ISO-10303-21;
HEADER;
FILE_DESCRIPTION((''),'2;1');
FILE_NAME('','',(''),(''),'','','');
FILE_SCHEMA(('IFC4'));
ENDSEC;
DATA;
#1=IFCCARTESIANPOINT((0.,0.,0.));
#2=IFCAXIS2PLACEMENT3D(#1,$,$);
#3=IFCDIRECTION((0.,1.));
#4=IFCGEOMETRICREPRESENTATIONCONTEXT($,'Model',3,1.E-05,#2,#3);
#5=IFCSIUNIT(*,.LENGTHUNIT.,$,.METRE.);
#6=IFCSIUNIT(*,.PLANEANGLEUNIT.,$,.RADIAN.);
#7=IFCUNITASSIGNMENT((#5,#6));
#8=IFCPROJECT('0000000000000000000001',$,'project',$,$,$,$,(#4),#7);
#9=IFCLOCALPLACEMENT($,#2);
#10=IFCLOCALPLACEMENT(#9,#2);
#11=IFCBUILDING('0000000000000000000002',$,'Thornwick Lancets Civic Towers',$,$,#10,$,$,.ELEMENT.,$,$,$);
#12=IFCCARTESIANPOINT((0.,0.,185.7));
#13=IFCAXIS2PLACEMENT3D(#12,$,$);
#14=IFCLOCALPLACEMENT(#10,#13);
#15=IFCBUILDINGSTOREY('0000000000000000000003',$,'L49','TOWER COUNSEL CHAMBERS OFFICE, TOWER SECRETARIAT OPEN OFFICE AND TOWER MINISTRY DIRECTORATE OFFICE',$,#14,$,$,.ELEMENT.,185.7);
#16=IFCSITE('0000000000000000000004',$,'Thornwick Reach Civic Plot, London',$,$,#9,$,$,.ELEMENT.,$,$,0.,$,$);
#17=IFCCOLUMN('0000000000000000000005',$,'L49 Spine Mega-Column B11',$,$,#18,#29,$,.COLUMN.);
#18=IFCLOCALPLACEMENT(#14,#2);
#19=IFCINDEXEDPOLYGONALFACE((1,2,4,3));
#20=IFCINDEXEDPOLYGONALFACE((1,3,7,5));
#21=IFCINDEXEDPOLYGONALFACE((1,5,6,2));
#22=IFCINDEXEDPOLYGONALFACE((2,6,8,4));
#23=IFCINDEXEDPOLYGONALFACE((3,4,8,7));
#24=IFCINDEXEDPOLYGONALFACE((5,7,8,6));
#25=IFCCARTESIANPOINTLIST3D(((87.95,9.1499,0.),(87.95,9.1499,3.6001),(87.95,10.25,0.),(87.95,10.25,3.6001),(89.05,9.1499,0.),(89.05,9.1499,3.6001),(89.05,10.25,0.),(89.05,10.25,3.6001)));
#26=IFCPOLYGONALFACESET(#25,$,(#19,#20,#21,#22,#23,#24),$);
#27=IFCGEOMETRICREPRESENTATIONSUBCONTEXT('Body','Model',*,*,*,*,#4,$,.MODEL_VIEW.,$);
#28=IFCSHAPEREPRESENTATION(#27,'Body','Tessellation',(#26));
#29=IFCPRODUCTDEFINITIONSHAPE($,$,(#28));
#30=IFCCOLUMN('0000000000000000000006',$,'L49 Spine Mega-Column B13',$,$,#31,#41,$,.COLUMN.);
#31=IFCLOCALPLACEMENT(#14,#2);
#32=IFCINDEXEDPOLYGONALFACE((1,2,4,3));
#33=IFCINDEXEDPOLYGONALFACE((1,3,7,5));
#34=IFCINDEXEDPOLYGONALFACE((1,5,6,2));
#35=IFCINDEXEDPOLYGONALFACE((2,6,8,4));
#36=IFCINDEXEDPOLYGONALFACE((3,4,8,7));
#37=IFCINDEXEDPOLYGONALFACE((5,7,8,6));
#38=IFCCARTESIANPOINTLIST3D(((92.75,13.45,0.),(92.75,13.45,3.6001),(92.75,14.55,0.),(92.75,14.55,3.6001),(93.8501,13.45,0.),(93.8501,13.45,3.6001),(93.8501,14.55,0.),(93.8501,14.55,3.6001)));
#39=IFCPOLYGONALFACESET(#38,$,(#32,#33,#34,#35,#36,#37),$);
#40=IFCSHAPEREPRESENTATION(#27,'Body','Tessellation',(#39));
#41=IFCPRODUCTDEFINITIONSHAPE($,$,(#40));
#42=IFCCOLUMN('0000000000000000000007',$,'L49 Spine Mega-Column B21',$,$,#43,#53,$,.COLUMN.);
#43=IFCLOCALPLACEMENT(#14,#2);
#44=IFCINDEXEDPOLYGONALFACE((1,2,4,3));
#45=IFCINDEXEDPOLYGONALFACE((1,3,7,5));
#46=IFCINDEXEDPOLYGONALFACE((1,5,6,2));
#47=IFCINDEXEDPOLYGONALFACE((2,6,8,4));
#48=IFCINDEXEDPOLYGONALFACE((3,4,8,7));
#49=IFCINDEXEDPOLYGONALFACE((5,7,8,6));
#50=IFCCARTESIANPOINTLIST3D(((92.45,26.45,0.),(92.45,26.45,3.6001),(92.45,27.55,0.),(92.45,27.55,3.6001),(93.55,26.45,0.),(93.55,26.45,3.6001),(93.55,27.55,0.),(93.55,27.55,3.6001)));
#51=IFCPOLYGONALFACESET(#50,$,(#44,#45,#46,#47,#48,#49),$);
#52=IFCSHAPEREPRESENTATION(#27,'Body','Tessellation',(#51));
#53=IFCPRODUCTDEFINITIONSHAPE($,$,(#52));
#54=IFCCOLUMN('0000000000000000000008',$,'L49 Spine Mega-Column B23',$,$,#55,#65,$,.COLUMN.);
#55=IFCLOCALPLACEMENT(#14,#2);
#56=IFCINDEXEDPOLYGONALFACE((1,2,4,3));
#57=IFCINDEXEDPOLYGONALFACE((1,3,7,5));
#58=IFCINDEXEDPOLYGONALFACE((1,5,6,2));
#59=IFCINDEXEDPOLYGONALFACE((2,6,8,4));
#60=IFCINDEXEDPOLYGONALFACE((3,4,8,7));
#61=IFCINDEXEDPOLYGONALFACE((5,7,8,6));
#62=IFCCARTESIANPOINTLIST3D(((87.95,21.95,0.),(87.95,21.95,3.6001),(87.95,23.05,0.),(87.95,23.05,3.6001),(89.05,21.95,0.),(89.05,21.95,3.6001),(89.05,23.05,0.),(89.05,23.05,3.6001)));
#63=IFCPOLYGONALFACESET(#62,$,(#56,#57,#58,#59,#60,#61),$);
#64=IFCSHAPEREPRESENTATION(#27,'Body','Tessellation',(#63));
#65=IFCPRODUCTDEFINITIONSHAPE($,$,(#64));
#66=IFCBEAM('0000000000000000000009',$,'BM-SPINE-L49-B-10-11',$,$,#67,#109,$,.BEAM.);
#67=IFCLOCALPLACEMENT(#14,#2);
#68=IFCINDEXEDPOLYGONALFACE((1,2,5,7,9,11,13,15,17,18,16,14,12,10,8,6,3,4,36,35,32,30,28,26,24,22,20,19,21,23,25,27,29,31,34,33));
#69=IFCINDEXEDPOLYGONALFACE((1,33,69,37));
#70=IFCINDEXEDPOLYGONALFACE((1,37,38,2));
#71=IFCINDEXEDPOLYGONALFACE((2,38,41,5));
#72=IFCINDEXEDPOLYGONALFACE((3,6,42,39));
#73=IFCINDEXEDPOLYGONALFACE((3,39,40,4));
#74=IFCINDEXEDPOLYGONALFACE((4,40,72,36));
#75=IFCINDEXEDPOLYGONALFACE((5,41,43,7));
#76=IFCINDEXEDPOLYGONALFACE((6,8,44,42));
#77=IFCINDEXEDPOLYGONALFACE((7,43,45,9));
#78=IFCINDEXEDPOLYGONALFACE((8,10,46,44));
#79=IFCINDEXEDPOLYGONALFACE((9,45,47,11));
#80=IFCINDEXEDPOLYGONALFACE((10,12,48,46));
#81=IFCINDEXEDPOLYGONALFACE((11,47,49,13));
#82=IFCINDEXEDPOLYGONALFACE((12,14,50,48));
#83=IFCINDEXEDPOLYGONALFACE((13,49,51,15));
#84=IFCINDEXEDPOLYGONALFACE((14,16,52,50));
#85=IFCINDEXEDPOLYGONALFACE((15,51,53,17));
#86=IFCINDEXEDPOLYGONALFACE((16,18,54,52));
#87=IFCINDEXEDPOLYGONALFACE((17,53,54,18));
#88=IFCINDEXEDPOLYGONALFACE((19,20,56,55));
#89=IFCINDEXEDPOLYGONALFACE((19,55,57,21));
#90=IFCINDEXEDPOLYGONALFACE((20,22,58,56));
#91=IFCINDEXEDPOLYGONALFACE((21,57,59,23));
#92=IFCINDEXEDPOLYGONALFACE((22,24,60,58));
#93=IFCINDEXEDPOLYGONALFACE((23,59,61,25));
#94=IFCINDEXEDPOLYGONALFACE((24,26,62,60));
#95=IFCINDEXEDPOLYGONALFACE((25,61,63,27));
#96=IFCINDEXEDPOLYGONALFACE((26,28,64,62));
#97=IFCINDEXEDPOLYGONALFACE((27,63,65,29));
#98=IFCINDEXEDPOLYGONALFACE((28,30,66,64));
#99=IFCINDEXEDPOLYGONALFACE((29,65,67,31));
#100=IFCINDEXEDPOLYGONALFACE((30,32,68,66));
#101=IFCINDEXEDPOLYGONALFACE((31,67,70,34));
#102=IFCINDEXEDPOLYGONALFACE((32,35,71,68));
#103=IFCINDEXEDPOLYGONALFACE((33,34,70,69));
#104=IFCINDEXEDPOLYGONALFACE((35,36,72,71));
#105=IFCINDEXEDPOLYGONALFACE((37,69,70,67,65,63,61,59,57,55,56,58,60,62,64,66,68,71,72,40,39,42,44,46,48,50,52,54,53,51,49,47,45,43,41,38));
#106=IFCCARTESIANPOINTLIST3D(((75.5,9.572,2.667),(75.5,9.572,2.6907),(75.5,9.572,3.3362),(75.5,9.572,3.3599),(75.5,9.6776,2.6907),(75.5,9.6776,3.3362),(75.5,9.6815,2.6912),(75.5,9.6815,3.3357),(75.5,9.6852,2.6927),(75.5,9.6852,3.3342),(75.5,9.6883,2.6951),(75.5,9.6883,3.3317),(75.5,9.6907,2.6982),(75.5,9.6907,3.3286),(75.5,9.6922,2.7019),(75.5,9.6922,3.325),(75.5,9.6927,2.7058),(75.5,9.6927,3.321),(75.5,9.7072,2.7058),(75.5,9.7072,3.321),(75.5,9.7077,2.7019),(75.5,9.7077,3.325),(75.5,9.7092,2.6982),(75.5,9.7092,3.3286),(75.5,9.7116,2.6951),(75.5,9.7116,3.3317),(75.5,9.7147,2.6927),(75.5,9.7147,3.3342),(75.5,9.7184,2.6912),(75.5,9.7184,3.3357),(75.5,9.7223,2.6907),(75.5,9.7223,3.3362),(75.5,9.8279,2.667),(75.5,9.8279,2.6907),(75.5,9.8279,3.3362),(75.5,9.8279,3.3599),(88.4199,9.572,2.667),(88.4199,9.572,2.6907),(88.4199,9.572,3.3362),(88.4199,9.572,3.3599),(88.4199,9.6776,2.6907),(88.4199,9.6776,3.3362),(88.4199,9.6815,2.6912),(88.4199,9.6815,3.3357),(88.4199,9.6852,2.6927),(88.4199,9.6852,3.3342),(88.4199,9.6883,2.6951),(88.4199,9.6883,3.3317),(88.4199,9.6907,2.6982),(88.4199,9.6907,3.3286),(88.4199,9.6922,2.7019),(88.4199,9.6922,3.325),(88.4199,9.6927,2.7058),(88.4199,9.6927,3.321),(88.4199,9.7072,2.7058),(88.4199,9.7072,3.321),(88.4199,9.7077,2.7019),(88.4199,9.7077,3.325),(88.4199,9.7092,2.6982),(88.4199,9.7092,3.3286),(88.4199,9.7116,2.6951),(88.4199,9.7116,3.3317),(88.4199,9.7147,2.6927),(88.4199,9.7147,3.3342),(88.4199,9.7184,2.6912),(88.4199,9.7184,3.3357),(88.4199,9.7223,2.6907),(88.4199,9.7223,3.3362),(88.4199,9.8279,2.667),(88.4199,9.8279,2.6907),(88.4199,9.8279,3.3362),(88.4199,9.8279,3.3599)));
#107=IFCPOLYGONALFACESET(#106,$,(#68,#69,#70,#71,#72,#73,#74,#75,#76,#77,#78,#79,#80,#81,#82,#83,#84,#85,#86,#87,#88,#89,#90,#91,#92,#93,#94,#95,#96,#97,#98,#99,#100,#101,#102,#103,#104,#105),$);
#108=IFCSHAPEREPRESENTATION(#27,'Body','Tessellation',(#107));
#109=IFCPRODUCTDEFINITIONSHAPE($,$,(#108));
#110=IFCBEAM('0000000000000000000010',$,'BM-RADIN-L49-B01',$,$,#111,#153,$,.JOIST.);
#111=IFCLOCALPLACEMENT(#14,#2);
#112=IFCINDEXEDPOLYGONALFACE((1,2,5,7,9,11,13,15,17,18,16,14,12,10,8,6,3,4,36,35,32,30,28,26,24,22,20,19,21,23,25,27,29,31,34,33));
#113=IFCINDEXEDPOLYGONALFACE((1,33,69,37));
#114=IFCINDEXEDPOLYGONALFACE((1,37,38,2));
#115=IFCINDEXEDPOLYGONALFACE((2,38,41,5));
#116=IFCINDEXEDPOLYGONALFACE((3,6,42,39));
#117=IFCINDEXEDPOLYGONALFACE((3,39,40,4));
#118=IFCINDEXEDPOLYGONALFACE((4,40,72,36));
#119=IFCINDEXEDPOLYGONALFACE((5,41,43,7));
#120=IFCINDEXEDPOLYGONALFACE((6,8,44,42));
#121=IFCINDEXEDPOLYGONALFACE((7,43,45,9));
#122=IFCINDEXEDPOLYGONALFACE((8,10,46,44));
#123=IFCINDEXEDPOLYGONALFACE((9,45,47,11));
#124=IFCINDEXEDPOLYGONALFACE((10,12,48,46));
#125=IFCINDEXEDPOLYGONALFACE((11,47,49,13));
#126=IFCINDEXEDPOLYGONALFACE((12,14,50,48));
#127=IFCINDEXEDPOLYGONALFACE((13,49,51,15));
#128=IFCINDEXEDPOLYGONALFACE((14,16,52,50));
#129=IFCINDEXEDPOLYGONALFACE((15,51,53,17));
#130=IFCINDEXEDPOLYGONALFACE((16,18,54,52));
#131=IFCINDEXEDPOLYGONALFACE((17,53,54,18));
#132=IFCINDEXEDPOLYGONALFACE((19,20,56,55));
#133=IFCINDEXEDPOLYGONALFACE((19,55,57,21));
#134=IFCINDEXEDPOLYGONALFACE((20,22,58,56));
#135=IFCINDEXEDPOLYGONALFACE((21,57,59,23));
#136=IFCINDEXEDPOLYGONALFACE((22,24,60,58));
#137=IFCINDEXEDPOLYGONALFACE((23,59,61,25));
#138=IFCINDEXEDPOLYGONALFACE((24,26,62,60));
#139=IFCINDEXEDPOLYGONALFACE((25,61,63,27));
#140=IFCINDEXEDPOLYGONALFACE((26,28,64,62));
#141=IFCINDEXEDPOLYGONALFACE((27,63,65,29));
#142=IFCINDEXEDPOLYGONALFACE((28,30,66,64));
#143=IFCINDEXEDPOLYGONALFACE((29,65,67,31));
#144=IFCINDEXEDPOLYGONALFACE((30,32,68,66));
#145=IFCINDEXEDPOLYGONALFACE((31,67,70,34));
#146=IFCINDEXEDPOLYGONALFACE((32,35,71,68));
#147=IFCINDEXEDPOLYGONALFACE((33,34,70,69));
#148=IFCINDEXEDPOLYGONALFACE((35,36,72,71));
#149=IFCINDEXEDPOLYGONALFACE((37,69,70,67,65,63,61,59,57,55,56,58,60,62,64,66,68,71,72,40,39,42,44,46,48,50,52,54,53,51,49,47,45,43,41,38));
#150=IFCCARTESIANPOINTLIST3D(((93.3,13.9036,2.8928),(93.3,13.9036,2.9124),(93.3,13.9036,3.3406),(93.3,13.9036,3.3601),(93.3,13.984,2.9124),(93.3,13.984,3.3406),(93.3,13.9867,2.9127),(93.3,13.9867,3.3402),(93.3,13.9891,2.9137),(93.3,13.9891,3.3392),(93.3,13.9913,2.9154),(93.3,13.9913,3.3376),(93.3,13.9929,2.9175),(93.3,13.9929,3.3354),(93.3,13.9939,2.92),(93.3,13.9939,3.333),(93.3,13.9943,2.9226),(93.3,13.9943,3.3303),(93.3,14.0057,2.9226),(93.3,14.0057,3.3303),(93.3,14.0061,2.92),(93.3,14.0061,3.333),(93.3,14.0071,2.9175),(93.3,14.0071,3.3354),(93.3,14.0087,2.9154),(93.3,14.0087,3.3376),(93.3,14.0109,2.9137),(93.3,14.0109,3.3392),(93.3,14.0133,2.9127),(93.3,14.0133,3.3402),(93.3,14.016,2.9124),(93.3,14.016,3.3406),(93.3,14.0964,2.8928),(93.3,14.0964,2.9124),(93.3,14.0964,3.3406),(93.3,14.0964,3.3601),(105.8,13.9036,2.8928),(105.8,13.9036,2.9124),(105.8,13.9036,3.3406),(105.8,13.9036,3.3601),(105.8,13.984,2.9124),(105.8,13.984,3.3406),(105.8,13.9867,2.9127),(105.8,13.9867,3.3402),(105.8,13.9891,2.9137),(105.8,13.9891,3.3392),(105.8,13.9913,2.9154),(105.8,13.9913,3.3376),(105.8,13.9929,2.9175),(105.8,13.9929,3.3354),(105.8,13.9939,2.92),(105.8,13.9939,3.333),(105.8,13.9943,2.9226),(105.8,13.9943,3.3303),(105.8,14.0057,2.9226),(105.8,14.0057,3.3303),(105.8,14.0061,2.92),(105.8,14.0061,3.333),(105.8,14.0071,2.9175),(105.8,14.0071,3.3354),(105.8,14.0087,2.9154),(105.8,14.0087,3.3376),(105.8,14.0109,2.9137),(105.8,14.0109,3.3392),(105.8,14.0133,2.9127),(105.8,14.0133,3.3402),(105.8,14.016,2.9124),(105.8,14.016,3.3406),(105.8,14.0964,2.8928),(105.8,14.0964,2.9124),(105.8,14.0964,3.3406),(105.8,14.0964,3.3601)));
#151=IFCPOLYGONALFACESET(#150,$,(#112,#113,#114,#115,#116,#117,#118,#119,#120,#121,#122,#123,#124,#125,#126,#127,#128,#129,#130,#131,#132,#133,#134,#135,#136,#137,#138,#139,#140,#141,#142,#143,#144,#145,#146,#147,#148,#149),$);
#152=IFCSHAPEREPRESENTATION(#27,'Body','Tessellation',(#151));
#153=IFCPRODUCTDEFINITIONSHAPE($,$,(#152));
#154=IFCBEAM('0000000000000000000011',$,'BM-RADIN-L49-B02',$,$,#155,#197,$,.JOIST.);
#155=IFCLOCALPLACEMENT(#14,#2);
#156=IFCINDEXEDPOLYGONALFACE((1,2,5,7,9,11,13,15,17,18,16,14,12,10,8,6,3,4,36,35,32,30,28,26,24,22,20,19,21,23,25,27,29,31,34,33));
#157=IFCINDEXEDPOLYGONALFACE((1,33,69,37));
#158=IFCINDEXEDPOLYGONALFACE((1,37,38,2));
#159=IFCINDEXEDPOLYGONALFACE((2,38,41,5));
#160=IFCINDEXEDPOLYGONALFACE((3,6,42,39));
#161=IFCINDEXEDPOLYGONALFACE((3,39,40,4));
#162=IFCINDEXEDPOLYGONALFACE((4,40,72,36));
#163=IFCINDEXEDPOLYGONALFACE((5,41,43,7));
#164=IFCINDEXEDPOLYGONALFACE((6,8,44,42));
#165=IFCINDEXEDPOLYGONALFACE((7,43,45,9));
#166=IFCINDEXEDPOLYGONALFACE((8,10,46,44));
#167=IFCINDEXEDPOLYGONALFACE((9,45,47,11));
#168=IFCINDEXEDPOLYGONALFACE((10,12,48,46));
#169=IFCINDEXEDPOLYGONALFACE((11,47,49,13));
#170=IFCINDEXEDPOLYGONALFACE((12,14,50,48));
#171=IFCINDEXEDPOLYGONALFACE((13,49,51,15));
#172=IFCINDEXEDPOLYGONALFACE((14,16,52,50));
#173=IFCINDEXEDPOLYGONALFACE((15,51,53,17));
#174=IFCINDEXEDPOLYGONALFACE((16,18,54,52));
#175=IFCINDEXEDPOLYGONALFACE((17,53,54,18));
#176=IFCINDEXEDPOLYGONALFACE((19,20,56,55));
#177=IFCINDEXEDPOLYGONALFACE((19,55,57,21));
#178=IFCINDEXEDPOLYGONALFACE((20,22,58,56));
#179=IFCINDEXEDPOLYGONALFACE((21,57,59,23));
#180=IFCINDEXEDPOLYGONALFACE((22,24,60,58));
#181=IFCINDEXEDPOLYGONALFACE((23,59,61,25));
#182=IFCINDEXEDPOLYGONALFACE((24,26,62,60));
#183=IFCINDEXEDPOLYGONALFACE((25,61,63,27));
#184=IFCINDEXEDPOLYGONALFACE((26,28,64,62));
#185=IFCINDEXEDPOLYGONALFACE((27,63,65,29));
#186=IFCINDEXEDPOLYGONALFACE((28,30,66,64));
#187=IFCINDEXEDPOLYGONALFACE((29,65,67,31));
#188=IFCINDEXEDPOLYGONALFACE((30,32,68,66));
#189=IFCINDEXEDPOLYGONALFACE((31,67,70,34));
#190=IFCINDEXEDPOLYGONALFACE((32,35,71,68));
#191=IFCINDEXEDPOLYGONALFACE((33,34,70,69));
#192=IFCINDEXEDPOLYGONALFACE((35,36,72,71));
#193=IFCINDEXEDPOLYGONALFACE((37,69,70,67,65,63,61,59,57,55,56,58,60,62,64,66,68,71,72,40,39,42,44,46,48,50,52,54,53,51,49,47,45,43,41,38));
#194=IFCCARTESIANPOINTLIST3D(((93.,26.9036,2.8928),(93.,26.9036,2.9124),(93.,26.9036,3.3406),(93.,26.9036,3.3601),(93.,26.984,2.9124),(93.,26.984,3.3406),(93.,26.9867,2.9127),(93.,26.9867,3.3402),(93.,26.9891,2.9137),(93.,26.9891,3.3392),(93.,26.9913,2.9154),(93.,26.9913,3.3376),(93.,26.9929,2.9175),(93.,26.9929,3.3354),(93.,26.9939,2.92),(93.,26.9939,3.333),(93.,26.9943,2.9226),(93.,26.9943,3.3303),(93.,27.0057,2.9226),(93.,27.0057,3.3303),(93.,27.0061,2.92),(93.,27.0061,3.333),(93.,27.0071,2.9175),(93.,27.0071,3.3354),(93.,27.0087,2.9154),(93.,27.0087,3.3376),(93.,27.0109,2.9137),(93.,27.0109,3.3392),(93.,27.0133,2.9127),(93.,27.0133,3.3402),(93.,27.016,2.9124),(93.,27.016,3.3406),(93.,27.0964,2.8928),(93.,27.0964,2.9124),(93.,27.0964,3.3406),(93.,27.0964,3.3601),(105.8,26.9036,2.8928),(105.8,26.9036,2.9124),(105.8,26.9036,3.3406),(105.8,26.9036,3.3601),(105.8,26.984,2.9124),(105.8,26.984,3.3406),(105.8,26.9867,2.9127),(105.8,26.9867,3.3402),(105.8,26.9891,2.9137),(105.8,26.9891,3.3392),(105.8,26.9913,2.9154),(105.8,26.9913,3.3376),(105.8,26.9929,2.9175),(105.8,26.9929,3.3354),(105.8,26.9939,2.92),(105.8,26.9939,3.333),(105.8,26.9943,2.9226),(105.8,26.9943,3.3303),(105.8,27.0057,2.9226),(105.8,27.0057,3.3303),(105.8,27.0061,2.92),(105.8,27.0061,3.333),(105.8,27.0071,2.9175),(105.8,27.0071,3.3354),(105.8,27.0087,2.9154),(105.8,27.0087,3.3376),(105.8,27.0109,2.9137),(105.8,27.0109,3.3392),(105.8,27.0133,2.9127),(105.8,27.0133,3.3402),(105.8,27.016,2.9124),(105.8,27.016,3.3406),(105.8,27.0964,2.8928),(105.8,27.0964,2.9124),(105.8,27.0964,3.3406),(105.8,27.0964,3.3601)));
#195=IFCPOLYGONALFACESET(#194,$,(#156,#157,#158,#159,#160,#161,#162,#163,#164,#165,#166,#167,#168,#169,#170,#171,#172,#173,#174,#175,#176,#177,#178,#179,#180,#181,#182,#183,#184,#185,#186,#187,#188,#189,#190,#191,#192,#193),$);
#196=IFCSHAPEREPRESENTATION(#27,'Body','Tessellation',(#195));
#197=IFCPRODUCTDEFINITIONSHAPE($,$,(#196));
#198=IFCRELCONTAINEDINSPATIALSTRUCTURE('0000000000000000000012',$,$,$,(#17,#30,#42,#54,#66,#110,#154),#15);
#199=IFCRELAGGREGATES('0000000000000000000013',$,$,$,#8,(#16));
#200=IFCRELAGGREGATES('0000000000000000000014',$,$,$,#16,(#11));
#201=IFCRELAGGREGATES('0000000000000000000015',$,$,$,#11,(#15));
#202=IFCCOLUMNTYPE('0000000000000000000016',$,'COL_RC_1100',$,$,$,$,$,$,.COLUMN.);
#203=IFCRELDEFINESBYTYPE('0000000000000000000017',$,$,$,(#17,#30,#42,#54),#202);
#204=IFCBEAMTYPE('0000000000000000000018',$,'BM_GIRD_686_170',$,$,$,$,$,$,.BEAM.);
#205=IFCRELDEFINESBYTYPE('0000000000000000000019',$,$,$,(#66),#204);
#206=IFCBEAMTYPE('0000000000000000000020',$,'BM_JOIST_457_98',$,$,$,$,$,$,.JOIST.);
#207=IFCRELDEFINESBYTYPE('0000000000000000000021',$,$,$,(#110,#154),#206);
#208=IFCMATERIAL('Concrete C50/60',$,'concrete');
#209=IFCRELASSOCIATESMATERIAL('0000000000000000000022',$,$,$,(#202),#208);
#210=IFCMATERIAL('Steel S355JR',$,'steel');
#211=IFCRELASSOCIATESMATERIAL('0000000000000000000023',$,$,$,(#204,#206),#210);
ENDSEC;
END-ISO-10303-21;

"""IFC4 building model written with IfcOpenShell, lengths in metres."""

from ifc_helpers import new_model, si_unit, direction, frame, origin, origin_2d, place, context, subcontext, project, spatial, rectangle, i_section, extrude, material, material_profile, profile_set, type_object, element, save


model = new_model("IFC4")

# Units and contexts
model_context = context("Model", 3, precision=1e-05, world=origin(), true_north=direction((0.0, 1.0)))
body_context = subcontext(model_context, "Body", "Model", "MODEL_VIEW")
ifc_project = project(units=[si_unit("LENGTHUNIT", "METRE"), si_unit("PLANEANGLEUNIT", "RADIAN")], contexts=[model_context])

# Site, building, storey
site_placement = place(None, origin())
site = spatial("IfcSite", under=ifc_project, at=site_placement, Name="Thornwick Reach Civic Plot, London", CompositionType="ELEMENT", RefElevation=0.0)
building_placement = place(site_placement, origin())
building = spatial("IfcBuilding", under=site, at=building_placement, Name="Thornwick Lancets Civic Towers", CompositionType="ELEMENT")
storey_placement = place(building_placement, frame((0.0, 0.0, 185.7)))
storey = spatial("IfcBuildingStorey", under=building, at=storey_placement, Name="L49", Description="TOWER COUNSEL CHAMBERS OFFICE, TOWER SECRETARIAT OPEN OFFICE AND TOWER MINISTRY DIRECTORATE OFFICE", CompositionType="ELEMENT", Elevation=185.7)

# Columns
ifc_material_1 = material(Name="Concrete C50/60", Category="concrete")
ifc_material_profile_1 = material_profile(ifc_material_1, rectangle(XDim=1.1001, YDim=1.1001, at=origin_2d()), Name="RC 1100x1100")
ifc_profile_set_1 = profile_set([ifc_material_profile_1], Name="Concrete C50/60")
column_type = type_object("IfcColumnType", Name="COL_RC_1100", PredefinedType="COLUMN", material=ifc_profile_set_1)
for number, where, z_axis, x_axis, name in (
    (1, (88.5, 9.7, 0.0), (0.0, 0.0, 1.0), (1.0, 0.0, 0.0), "L49 Spine Mega-Column B11"),
    (2, (93.3, 14.0, 0.0), (0.0, 0.0, 1.0), (1.0, 0.0, 0.0), "L49 Spine Mega-Column B13"),
    (3, (93.0, 27.0, 0.0), (0.0, 0.0, 1.0), (1.0, 0.0, 0.0), "L49 Spine Mega-Column B21"),
    (4, (88.5, 22.5, 0.0), (0.0, 0.0, 1.0), (1.0, 0.0, 0.0), "L49 Spine Mega-Column B23"),
):
    element("IfcColumn", number, at=place(storey_placement, frame(where, z_axis=z_axis, x_axis=x_axis)), inside=storey, type_object=column_type, Name=name, PredefinedType="COLUMN", context=body_context, shape_type="SweptSolid", body=[
        extrude(rectangle(XDim=1.1001, YDim=1.1001, at=origin_2d()), origin(), (0.0, 0.0, 1.0), 3.6001),
    ])

# Beams
ifc_material_2 = material(Name="Steel S355JR", Category="steel")
ifc_material_profile_2 = material_profile(ifc_material_2, i_section(OverallWidth=0.2559, OverallDepth=0.6929, WebThickness=0.0144, FlangeThickness=0.0237, FilletRadius=0.0151, at=origin_2d()), Name="UKB 686x254x170")
ifc_profile_set_2 = profile_set([ifc_material_profile_2], Name="Steel S355JR")
beam_type_1 = type_object("IfcBeamType", Name="BM_GIRD_686_170", PredefinedType="BEAM", material=ifc_profile_set_2)
beam_1_placement = place(storey_placement, frame((88.4199, 9.7, 3.0134), z_axis=(-1.0, 0.0, 0.0), x_axis=(0.0, -1.0, 0.0)))
element("IfcBeam", 5, at=beam_1_placement, inside=storey, type_object=beam_type_1, Name="BM-SPINE-L49-B-10-11", PredefinedType="BEAM", context=body_context, shape_type="SweptSolid", body=[
    extrude(i_section(OverallWidth=0.2559, OverallDepth=0.6929, WebThickness=0.0144, FlangeThickness=0.0237, FilletRadius=0.0151, at=origin_2d()), origin(), (0.0, 0.0, 1.0), 12.9199),
])
ifc_material_profile_3 = material_profile(ifc_material_2, i_section(OverallWidth=0.1929, OverallDepth=0.4673, WebThickness=0.0115, FlangeThickness=0.0195, FilletRadius=0.0103, at=origin_2d()), Name="UKB 457x191x98")
ifc_profile_set_3 = profile_set([ifc_material_profile_3], Name="Steel S355JR")
beam_type_2 = type_object("IfcBeamType", Name="BM_JOIST_457_98", PredefinedType="JOIST", material=ifc_profile_set_3)
beam_2_placement = place(storey_placement, frame((93.3, 14.0, 3.1265), z_axis=(1.0, 0.0, 0.0), x_axis=(0.0, 1.0, 0.0)))
element("IfcBeam", 6, at=beam_2_placement, inside=storey, type_object=beam_type_2, Name="BM-RADIN-L49-B01", PredefinedType="JOIST", context=body_context, shape_type="SweptSolid", body=[
    extrude(i_section(OverallWidth=0.1929, OverallDepth=0.4673, WebThickness=0.0115, FlangeThickness=0.0195, FilletRadius=0.0103, at=origin_2d()), origin(), (0.0, 0.0, 1.0), 12.5),
])
for number, where, z_axis, x_axis, name in (
    (7, (93.0, 27.0, 3.1265), (1.0, 0.0, 0.0), (0.0, 1.0, 0.0), "BM-RADIN-L49-B02"),
):
    element("IfcBeam", number, at=place(storey_placement, frame(where, z_axis=z_axis, x_axis=x_axis)), inside=storey, type_object=beam_type_2, Name=name, PredefinedType="JOIST", context=body_context, shape_type="SweptSolid", body=[
        extrude(i_section(OverallWidth=0.1929, OverallDepth=0.4673, WebThickness=0.0115, FlangeThickness=0.0195, FilletRadius=0.0103, at=origin_2d()), origin(), (0.0, 0.0, 1.0), 12.8),
    ])

save(model, "model.ifc")
